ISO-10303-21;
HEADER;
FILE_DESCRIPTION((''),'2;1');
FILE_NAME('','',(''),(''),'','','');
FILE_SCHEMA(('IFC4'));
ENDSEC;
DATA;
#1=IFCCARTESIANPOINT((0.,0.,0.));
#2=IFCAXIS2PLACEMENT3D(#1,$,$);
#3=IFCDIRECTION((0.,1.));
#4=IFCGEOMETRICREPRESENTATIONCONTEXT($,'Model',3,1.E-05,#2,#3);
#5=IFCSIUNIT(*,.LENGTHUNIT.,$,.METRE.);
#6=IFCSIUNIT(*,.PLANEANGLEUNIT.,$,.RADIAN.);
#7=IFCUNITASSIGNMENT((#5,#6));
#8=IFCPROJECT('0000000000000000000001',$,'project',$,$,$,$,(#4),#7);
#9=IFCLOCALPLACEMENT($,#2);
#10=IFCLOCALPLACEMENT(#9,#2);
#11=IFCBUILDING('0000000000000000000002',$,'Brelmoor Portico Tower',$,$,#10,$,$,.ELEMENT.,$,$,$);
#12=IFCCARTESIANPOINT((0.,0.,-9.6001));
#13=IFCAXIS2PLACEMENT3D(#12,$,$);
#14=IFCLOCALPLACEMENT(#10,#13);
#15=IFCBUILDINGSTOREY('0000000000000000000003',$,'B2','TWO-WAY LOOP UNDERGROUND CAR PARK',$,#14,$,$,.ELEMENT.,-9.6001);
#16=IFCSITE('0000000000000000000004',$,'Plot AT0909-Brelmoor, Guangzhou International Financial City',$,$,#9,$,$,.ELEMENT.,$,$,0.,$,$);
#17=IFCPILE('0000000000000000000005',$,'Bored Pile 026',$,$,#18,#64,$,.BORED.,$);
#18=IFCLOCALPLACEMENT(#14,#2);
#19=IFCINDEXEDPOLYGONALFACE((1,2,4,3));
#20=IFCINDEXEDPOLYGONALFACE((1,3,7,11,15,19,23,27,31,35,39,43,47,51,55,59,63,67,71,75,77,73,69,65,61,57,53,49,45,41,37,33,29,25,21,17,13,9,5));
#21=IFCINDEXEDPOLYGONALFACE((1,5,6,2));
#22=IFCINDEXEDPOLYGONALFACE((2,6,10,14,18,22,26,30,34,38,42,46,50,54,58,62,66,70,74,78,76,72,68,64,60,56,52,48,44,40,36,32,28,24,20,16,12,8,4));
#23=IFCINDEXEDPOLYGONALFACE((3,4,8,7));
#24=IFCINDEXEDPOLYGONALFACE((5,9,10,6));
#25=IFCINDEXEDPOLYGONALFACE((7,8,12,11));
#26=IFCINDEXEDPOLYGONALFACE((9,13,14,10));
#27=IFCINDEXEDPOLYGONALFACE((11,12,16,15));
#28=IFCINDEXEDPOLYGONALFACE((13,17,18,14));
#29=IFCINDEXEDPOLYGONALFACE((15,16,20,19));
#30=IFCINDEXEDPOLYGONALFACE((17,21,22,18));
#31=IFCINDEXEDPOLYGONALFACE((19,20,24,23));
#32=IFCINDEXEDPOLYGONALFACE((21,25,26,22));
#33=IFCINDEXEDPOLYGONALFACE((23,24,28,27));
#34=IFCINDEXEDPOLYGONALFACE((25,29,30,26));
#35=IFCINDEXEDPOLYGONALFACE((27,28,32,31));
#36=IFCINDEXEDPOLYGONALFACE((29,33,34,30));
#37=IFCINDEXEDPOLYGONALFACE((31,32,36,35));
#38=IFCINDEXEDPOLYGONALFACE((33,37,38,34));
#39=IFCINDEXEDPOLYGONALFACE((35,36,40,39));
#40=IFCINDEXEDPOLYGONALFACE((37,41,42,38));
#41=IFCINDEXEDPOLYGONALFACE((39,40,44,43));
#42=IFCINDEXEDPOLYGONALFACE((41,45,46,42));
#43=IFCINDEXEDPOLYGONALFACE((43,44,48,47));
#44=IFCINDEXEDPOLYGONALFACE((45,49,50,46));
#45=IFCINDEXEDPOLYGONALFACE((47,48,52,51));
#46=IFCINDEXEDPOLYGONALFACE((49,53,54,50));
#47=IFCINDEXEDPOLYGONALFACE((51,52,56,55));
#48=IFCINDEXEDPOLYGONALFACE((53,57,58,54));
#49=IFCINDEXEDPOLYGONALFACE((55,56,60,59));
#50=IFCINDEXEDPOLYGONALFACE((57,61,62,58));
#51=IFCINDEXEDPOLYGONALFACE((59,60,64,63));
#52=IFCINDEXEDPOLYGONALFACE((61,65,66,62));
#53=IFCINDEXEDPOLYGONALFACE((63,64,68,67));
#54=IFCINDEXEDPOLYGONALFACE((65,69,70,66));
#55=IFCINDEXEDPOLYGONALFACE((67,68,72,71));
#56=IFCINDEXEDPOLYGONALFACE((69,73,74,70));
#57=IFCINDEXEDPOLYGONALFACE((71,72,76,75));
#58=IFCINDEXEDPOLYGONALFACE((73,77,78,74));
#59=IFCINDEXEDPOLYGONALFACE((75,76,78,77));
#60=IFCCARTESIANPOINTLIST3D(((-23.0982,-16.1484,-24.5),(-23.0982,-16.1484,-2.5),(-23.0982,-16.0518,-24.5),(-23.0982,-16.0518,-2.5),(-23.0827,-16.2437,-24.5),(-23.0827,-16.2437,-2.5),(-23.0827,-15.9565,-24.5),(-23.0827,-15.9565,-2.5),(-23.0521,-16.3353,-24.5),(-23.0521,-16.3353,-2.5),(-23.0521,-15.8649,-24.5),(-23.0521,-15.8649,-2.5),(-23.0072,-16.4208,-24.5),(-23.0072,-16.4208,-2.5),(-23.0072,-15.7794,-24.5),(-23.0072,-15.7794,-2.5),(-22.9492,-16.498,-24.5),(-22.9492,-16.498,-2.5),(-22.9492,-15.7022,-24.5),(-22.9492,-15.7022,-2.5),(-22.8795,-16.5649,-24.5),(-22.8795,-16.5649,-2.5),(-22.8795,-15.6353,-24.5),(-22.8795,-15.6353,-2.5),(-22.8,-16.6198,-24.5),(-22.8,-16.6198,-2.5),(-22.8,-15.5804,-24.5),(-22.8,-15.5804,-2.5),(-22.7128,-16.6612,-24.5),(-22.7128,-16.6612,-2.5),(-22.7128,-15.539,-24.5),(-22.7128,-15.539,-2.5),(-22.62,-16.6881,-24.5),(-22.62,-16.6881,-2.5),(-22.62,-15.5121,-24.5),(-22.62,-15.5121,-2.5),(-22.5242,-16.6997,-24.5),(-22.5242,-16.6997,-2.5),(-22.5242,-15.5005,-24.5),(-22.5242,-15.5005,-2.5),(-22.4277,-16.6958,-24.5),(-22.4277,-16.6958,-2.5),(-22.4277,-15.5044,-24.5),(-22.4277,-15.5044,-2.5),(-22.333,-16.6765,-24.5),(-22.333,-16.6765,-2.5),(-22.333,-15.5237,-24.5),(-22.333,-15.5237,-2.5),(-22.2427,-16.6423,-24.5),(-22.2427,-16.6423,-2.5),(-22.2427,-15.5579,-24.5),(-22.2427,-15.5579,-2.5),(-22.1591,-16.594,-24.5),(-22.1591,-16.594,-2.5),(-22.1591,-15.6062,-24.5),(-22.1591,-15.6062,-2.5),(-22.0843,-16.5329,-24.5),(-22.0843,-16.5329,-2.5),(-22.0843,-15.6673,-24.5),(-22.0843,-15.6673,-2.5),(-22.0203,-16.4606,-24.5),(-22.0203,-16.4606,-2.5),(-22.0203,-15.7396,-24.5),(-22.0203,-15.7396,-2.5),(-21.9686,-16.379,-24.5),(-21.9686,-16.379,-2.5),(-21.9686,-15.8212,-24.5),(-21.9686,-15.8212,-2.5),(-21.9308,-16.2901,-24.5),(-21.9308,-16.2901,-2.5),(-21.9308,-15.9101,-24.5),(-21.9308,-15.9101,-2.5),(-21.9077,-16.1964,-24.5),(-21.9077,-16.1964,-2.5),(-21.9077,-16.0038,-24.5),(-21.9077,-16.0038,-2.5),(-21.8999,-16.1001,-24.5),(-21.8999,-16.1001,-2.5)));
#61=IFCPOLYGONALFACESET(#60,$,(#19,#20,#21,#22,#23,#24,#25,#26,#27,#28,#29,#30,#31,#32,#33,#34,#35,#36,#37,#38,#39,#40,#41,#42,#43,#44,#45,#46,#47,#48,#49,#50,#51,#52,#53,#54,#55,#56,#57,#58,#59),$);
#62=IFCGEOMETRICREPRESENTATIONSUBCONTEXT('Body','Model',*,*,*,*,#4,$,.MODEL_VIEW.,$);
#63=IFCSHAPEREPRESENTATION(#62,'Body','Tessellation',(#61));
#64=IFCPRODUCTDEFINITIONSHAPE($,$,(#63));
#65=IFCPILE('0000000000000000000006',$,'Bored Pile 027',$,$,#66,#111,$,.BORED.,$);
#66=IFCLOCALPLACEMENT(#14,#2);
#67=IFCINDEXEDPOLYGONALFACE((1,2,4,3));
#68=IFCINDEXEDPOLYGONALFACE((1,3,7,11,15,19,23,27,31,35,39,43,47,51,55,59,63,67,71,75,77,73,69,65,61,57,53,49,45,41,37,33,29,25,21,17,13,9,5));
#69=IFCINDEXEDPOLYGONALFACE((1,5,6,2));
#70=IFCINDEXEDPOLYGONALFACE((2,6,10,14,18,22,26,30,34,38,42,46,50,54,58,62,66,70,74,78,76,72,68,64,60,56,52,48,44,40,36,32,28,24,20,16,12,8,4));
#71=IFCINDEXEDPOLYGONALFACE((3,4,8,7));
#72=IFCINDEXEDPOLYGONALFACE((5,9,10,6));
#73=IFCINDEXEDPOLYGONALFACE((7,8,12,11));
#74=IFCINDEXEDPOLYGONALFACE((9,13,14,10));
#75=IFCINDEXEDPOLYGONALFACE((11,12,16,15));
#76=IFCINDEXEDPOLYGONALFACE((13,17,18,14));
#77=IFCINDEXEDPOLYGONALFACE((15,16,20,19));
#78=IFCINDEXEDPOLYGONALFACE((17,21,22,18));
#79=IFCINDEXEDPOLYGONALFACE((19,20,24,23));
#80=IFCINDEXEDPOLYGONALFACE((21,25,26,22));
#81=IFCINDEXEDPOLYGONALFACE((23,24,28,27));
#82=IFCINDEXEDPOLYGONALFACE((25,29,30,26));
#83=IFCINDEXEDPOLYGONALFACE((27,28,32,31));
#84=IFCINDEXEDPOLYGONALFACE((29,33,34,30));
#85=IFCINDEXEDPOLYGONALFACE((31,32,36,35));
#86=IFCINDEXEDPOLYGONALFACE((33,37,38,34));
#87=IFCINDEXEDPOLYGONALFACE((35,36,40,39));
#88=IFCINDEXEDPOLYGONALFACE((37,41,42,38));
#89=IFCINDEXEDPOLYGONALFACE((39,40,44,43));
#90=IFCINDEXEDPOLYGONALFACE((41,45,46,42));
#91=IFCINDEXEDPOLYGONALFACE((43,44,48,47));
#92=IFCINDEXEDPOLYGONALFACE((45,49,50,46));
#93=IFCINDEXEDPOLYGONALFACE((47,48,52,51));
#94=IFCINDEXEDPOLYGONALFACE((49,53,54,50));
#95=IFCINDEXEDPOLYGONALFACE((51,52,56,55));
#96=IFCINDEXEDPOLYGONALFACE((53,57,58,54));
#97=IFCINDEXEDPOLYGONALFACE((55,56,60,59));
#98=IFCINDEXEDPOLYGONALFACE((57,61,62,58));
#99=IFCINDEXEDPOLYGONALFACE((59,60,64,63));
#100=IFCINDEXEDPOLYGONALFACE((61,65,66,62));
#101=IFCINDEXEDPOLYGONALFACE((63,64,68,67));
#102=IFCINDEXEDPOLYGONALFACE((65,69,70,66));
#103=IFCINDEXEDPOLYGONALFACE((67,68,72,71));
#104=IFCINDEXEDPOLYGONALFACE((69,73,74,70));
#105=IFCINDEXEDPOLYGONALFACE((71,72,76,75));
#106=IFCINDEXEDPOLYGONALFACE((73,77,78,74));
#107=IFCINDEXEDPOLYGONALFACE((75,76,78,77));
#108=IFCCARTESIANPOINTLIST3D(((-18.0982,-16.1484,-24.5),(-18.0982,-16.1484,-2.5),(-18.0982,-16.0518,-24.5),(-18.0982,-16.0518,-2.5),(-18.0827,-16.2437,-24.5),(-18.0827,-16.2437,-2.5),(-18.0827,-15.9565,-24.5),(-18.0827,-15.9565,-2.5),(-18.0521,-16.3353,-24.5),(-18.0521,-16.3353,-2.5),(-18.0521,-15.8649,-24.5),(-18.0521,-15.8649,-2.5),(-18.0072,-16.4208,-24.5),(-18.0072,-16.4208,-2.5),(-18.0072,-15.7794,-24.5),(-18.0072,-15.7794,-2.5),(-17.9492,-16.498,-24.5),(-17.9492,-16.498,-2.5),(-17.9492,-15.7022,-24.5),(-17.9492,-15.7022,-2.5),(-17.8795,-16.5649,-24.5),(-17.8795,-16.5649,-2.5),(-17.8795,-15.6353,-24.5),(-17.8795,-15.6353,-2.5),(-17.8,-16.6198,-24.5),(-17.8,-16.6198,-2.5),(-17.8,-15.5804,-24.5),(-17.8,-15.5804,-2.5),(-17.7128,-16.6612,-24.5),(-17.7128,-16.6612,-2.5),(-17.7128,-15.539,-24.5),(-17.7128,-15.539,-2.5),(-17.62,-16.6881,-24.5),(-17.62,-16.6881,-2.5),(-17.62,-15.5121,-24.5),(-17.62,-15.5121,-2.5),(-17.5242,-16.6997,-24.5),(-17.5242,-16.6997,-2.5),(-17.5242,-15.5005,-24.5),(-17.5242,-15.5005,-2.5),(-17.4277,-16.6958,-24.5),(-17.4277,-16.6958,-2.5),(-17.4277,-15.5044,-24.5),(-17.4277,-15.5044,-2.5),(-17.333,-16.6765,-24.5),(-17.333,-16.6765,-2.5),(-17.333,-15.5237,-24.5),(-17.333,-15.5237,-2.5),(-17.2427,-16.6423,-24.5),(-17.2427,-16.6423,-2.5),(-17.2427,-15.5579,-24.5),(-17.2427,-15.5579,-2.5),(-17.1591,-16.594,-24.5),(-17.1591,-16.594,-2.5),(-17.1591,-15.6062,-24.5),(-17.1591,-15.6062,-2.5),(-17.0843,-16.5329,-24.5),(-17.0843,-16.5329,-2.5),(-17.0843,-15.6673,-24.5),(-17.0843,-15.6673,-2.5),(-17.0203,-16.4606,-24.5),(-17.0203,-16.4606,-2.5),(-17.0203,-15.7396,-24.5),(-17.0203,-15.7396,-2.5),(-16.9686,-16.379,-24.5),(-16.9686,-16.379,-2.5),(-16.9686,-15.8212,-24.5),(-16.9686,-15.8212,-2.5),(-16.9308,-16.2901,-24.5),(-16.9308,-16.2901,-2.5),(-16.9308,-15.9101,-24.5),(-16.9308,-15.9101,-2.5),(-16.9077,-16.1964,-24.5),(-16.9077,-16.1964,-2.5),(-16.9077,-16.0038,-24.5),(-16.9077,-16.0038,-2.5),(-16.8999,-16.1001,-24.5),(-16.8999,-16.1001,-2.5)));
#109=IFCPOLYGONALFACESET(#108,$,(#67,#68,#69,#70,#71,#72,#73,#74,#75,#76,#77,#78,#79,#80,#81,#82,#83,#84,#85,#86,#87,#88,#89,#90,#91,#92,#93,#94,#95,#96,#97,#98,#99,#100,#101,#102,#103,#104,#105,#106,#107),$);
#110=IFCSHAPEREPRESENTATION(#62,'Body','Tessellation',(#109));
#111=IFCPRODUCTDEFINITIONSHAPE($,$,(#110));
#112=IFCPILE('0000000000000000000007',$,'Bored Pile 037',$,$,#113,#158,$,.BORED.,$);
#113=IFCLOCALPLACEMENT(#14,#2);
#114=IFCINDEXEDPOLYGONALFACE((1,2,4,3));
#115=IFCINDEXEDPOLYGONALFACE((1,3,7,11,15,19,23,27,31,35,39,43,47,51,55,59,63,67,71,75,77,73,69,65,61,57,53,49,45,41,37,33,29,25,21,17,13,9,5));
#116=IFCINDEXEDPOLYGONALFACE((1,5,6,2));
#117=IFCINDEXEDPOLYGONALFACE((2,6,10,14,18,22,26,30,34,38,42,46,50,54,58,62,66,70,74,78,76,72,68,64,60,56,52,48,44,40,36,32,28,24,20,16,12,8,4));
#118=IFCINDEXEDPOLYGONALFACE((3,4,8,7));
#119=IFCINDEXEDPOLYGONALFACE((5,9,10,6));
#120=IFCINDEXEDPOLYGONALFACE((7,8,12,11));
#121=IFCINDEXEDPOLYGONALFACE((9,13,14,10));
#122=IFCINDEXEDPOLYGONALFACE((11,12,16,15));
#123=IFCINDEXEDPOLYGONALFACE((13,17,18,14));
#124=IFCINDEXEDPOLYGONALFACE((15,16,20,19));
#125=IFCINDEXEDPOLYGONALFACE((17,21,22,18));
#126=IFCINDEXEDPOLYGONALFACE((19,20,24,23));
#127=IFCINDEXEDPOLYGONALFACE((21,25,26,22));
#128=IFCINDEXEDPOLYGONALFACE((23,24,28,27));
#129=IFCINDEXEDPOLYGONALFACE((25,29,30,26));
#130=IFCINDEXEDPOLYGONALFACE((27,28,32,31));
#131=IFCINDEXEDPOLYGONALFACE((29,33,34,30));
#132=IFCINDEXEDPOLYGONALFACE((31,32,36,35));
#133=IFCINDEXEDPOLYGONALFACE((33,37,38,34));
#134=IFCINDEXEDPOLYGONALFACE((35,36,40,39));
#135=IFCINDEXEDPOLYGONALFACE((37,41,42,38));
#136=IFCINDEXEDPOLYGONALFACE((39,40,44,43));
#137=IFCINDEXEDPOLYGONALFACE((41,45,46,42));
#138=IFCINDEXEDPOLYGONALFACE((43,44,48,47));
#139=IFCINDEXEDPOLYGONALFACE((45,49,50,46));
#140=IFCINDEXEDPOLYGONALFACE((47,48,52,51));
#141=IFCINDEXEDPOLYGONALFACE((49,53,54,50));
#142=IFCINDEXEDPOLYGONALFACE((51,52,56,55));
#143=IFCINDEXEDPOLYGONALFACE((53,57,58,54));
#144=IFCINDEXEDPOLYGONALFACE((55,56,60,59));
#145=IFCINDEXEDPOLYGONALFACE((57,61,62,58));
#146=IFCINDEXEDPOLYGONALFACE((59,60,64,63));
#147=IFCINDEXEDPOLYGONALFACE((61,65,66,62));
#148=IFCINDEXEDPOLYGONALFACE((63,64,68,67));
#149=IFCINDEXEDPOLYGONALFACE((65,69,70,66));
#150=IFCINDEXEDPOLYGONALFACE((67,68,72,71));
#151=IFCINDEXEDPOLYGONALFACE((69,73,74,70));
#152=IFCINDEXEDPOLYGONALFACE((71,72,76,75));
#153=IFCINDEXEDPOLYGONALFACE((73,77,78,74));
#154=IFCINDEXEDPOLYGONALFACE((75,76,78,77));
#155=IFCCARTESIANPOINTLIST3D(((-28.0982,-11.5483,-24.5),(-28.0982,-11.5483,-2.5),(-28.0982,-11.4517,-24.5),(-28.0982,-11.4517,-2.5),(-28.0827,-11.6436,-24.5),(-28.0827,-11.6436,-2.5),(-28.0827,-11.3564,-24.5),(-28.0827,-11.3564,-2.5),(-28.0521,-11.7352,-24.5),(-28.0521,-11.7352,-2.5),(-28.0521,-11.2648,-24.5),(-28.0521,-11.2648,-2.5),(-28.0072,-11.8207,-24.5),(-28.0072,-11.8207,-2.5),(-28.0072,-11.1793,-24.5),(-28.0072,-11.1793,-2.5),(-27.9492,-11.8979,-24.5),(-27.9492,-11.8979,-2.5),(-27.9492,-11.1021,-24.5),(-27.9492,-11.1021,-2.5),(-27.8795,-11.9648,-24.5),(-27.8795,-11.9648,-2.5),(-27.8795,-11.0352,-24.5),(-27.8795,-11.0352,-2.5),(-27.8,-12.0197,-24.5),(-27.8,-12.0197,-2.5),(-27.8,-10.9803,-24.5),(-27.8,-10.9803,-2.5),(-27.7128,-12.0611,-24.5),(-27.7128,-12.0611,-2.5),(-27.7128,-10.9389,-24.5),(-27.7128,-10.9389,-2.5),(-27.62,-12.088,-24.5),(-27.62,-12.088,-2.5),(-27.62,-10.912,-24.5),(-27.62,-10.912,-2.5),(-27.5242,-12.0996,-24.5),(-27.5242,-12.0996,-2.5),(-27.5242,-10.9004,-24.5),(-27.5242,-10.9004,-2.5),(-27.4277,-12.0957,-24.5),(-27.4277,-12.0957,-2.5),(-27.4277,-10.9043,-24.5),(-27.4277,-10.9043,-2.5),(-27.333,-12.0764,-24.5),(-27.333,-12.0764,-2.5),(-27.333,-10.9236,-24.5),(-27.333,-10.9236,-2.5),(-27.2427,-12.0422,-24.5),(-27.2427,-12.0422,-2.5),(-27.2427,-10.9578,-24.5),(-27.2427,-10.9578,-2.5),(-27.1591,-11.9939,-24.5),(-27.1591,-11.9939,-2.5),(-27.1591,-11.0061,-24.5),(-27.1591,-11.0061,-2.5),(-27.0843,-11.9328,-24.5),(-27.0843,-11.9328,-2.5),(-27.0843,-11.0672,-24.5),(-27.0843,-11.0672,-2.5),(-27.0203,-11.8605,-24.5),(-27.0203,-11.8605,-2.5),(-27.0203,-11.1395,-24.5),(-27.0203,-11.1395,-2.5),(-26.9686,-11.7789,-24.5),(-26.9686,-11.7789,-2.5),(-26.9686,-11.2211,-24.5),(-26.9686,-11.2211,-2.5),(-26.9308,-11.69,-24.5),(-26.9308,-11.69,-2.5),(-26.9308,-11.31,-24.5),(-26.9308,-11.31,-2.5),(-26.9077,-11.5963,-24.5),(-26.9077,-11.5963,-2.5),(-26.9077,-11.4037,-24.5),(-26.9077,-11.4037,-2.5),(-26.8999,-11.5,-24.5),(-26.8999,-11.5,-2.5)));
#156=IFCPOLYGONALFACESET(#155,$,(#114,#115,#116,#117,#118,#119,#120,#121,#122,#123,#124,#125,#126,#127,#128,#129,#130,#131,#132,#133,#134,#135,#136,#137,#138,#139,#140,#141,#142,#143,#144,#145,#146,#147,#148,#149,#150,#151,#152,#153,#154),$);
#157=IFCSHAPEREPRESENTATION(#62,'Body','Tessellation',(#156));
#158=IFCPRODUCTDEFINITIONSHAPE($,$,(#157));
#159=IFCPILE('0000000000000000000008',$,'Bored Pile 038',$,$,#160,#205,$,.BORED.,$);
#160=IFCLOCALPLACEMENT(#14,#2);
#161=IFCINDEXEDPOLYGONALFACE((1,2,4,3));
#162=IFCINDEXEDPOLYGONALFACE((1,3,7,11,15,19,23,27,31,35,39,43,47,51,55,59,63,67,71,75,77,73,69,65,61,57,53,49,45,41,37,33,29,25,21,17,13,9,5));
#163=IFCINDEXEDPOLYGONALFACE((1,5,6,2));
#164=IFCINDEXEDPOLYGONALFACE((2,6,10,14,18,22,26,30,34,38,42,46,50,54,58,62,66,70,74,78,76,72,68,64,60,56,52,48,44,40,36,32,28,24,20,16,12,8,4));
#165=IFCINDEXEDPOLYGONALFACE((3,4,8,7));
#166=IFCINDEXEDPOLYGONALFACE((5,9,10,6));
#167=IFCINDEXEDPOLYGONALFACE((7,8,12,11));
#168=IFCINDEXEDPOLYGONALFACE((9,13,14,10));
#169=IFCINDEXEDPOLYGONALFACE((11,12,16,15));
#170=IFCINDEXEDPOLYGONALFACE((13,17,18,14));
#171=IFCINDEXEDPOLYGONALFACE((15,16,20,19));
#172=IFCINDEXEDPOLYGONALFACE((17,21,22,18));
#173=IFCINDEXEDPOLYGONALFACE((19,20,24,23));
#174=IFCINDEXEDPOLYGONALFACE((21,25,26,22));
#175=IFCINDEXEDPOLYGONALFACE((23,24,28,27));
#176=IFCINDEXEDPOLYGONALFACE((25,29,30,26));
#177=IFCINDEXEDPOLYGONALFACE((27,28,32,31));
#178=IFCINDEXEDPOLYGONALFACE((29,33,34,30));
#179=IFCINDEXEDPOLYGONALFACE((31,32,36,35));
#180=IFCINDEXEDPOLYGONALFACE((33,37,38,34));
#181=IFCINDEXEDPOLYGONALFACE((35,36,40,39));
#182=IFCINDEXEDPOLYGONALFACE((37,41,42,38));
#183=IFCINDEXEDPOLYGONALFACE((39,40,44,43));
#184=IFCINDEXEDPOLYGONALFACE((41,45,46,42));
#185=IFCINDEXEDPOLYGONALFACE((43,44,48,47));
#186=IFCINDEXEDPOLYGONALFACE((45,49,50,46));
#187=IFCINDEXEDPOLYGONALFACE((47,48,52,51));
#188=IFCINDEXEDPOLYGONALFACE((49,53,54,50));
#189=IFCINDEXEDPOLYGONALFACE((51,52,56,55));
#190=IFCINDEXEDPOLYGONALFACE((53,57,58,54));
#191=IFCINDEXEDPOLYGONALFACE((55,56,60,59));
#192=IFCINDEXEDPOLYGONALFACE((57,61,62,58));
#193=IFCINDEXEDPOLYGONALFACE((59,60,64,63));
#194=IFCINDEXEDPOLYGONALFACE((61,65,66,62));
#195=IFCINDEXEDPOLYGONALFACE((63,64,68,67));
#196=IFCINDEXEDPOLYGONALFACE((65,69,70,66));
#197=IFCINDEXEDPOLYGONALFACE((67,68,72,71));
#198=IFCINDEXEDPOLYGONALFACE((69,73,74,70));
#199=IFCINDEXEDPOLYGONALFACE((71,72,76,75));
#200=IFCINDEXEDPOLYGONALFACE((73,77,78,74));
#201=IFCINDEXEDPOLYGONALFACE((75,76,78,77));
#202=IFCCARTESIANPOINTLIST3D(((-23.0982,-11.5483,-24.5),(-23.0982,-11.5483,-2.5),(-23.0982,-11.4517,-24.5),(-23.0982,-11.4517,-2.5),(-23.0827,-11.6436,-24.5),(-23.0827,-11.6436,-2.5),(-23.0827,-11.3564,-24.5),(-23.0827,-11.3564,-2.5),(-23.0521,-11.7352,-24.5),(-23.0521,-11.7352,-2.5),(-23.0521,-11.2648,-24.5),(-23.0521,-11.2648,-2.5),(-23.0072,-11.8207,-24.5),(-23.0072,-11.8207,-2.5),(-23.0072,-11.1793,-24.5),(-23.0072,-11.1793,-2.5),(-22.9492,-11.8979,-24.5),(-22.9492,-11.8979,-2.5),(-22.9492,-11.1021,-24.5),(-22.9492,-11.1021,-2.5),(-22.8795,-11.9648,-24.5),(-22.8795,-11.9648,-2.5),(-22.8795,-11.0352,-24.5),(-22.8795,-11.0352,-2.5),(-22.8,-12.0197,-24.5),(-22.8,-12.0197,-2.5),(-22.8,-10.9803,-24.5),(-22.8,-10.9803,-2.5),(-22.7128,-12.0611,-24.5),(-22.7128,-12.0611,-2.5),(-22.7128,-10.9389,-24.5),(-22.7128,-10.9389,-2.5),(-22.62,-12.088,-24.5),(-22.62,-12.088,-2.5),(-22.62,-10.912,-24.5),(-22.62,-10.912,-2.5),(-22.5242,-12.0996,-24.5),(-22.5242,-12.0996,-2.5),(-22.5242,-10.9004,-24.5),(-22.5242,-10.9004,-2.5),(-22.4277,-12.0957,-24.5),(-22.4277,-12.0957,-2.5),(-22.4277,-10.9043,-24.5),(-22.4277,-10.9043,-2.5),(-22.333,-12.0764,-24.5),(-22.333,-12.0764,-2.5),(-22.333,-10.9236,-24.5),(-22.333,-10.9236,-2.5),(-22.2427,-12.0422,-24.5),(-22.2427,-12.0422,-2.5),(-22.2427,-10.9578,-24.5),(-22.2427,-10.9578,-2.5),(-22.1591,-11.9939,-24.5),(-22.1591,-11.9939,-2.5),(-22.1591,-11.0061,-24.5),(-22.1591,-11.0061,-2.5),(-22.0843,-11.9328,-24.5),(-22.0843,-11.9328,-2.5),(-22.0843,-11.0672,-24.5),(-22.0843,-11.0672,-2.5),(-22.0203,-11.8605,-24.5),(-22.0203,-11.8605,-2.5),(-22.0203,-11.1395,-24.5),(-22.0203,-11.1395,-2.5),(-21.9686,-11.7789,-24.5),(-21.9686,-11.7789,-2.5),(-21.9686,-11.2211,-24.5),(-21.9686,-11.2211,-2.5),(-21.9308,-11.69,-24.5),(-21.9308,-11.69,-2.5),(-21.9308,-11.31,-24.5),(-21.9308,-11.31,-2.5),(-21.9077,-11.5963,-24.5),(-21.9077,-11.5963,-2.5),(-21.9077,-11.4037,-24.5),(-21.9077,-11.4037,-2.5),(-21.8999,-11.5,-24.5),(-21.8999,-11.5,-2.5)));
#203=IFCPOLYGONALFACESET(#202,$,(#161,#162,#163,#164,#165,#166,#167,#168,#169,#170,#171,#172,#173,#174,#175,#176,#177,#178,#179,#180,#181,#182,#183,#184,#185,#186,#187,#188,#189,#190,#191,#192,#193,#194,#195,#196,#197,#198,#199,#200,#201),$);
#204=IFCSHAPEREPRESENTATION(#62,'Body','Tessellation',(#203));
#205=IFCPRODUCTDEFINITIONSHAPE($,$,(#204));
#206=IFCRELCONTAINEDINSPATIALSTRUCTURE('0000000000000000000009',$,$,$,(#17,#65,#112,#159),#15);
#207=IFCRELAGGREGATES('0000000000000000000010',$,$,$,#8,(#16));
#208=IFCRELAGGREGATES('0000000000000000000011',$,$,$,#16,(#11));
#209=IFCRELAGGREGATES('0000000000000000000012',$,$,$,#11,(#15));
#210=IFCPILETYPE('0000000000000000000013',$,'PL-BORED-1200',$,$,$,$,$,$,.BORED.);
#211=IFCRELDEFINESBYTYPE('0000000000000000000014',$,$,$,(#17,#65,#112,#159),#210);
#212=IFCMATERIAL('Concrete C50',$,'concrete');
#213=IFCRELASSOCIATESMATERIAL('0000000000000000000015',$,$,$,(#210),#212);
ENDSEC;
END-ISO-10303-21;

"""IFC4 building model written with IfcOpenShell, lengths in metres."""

from ifc_helpers import new_model, si_unit, direction, frame, origin, origin_2d, place, context, subcontext, project, spatial, circle, extrude, material, material_profile, profile_set, type_object, element, save


model = new_model("IFC4")

# Units and contexts
model_context = context("Model", 3, precision=1e-05, world=origin(), true_north=direction((0.0, 1.0)))
body_context = subcontext(model_context, "Body", "Model", "MODEL_VIEW")
ifc_project = project(units=[si_unit("LENGTHUNIT", "METRE"), si_unit("PLANEANGLEUNIT", "RADIAN")], contexts=[model_context])

# Site, building, storey
site_placement = place(None, origin())
site = spatial("IfcSite", under=ifc_project, at=site_placement, Name="Plot AT0909-Brelmoor, Guangzhou International Financial City", CompositionType="ELEMENT", RefElevation=0.0)
building_placement = place(site_placement, origin())
building = spatial("IfcBuilding", under=site, at=building_placement, Name="Brelmoor Portico Tower", CompositionType="ELEMENT")
storey_placement = place(building_placement, frame((0.0, 0.0, -9.6001)))
storey = spatial("IfcBuildingStorey", under=building, at=storey_placement, Name="B2", Description="TWO-WAY LOOP UNDERGROUND CAR PARK", CompositionType="ELEMENT", Elevation=-9.6001)

# Shared definitions
ifc_material_1 = material(Name="Concrete C50", Category="concrete")

# Piles
ifc_material_profile_1 = material_profile(ifc_material_1, circle(Radius=0.6001, at=origin_2d()), Name="BORED PILE D1200")
ifc_profile_set_1 = profile_set([ifc_material_profile_1], Name="Concrete C50")
pile_type = type_object("IfcPileType", Name="PL-BORED-1200", PredefinedType="BORED", material=ifc_profile_set_1)
for number, where, z_axis, x_axis, name in (
    (1, (-22.5, -16.1001, -2.5), (0.0, 0.0, -1.0), (1.0, 0.0, 0.0), "Bored Pile 026"),
    (2, (-17.5, -16.1001, -2.5), (0.0, 0.0, -1.0), (1.0, 0.0, 0.0), "Bored Pile 027"),
    (3, (-27.5, -11.5, -2.5), (0.0, 0.0, -1.0), (1.0, 0.0, 0.0), "Bored Pile 037"),
    (4, (-22.5, -11.5, -2.5), (0.0, 0.0, -1.0), (1.0, 0.0, 0.0), "Bored Pile 038"),
):
    element("IfcPile", number, at=place(storey_placement, frame(where, z_axis=z_axis, x_axis=x_axis)), inside=storey, type_object=pile_type, Name=name, PredefinedType="BORED", context=body_context, shape_type="SweptSolid", body=[
        extrude(circle(Radius=0.6001, at=origin_2d()), origin(), (0.0, 0.0, 1.0), 22.0),
    ])

save(model, "model.ifc")
